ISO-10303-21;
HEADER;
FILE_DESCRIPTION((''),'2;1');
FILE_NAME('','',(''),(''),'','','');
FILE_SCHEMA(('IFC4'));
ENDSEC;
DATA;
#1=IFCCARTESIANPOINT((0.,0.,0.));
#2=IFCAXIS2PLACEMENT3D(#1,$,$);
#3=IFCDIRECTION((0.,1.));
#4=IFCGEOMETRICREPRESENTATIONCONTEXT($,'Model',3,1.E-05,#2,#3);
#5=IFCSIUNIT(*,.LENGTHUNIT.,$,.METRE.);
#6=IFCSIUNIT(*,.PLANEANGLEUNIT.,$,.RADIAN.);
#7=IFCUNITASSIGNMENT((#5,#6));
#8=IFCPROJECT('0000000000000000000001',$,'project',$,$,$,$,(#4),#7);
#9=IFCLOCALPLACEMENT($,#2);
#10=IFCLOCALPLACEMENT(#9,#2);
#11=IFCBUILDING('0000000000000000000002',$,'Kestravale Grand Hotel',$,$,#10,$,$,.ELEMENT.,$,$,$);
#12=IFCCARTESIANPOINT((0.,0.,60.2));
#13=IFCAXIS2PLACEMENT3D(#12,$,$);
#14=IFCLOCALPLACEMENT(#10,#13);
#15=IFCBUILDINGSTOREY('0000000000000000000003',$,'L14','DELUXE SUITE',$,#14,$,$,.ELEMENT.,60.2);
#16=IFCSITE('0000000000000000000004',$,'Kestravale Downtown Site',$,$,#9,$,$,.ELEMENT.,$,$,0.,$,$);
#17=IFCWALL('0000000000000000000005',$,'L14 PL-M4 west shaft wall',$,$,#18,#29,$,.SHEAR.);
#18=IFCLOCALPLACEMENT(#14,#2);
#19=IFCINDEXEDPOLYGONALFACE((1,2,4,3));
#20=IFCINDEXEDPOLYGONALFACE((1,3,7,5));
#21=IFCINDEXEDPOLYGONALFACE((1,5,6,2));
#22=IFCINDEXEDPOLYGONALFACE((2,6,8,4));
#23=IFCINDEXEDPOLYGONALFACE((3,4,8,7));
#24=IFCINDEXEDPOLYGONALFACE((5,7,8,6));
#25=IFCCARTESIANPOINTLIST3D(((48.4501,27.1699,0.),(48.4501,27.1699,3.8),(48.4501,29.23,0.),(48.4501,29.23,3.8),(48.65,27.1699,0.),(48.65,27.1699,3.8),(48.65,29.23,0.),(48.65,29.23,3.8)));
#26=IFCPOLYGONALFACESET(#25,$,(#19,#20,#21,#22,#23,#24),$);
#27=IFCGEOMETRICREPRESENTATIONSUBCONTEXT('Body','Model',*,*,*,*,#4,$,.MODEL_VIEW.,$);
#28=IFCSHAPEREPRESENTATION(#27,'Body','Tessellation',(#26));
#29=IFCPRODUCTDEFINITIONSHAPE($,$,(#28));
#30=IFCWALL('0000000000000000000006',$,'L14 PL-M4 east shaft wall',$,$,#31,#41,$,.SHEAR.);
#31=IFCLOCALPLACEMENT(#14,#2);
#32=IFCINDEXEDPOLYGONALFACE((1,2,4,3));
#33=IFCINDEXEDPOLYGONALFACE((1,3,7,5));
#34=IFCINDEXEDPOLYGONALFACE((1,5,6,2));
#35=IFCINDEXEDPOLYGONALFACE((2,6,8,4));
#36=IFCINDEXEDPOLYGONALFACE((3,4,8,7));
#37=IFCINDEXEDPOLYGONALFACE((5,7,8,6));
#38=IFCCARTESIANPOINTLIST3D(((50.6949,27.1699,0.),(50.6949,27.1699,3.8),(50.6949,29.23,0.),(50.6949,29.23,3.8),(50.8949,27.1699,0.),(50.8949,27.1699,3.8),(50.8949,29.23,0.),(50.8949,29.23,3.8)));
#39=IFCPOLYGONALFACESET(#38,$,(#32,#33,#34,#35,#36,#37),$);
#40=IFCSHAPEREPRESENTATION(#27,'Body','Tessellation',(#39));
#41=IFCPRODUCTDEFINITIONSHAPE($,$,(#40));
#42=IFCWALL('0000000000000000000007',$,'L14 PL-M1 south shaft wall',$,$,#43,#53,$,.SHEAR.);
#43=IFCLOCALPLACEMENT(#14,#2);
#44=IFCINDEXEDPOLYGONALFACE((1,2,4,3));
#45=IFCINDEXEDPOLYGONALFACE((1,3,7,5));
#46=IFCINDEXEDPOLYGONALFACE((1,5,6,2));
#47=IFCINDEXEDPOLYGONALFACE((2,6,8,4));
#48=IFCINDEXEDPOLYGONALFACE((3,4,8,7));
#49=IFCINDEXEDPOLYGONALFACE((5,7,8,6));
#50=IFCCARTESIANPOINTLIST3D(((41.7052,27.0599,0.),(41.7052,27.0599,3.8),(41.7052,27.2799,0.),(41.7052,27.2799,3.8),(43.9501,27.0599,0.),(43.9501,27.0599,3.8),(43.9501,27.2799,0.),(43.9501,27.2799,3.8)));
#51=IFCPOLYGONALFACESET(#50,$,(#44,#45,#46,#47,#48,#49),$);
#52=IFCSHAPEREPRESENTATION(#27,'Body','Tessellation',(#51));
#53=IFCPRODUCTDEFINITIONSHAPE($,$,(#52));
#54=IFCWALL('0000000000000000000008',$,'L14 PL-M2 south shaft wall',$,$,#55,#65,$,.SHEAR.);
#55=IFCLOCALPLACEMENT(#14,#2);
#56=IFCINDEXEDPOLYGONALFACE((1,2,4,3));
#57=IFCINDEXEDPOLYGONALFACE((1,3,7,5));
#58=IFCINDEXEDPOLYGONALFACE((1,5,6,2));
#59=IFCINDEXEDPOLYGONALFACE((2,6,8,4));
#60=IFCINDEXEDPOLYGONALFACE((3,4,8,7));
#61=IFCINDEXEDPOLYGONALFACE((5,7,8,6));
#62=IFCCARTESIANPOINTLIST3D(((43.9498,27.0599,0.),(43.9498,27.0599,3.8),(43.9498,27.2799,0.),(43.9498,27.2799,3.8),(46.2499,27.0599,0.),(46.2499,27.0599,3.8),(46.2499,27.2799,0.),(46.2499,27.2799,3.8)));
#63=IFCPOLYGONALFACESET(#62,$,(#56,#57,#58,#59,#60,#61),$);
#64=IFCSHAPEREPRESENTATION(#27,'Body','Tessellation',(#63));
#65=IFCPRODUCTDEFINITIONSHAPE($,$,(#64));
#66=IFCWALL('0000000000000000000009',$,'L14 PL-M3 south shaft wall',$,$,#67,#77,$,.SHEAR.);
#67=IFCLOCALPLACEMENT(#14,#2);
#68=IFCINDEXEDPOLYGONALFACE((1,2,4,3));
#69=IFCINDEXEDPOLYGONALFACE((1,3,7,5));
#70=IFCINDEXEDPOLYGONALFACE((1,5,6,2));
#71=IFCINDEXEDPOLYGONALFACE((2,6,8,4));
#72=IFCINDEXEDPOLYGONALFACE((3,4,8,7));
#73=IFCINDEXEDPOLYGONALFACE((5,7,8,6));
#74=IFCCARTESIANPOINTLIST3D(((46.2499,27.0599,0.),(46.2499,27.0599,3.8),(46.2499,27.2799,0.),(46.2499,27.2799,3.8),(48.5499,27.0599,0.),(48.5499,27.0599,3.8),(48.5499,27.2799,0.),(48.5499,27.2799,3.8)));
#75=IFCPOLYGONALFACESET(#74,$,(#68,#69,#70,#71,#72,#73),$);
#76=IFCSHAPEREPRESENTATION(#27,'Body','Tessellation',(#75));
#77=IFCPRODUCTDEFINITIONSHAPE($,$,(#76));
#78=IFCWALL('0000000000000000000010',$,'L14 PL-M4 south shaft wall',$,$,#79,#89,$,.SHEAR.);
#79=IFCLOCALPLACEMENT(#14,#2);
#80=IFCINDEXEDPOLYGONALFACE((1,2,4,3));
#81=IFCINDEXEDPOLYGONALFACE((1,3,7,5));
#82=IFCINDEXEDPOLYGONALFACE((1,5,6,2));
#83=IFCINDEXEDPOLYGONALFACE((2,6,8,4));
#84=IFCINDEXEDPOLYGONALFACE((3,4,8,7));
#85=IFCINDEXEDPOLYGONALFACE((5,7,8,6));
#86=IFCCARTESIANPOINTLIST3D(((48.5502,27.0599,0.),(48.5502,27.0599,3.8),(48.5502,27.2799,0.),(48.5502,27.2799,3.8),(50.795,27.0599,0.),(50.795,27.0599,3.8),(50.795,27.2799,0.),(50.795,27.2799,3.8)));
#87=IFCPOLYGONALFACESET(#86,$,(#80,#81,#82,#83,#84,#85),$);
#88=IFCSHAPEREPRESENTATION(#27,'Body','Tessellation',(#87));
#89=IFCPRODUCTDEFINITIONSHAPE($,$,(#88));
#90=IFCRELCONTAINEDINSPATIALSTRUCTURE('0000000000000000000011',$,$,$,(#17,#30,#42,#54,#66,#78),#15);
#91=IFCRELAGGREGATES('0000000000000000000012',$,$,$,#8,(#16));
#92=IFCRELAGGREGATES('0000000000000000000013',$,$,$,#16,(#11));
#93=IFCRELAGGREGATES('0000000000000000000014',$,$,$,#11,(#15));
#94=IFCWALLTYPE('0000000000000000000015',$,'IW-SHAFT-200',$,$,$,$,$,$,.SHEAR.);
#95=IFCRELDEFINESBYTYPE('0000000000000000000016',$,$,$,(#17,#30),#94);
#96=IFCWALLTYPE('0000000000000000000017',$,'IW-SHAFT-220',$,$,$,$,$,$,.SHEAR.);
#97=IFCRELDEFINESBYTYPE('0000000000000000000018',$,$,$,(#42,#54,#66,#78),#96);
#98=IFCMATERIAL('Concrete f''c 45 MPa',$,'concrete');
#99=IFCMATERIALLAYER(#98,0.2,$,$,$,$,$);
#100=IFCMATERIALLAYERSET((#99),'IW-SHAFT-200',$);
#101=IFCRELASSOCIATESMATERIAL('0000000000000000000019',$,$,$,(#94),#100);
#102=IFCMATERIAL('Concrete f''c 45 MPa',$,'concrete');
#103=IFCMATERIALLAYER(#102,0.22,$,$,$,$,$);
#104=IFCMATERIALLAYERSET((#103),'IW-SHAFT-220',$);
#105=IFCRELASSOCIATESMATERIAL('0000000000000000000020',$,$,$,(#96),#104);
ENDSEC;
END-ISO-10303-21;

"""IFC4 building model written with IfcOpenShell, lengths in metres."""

from ifc_helpers import new_model, si_unit, direction, frame, frame_2d, origin, place, context, subcontext, project, spatial, rectangle, extrude, material, layer, layer_set, type_object, element, save


model = new_model("IFC4")

# Units and contexts
model_context = context("Model", 3, precision=1e-05, world=origin(), true_north=direction((0.0, 1.0)))
body_context = subcontext(model_context, "Body", "Model", "MODEL_VIEW")
ifc_project = project(units=[si_unit("LENGTHUNIT", "METRE"), si_unit("PLANEANGLEUNIT", "RADIAN")], contexts=[model_context])

# Site, building, storey
site_placement = place(None, origin())
site = spatial("IfcSite", under=ifc_project, at=site_placement, Name="Kestravale Downtown Site", CompositionType="ELEMENT", RefElevation=0.0)
building_placement = place(site_placement, origin())
building = spatial("IfcBuilding", under=site, at=building_placement, Name="Kestravale Grand Hotel", CompositionType="ELEMENT")
storey_placement = place(building_placement, frame((0.0, 0.0, 60.2)))
storey = spatial("IfcBuildingStorey", under=building, at=storey_placement, Name="L14", Description="DELUXE SUITE", CompositionType="ELEMENT", Elevation=60.2)

# Walls
ifc_material_1 = material(Name="Concrete f'c 45 MPa", Category="concrete")
ifc_layer_1 = layer(ifc_material_1, 0.2)
ifc_layer_set_1 = layer_set([ifc_layer_1], Name="IW-SHAFT-200")
wall_type_1 = type_object("IfcWallType", Name="IW-SHAFT-200", PredefinedType="SHEAR", material=ifc_layer_set_1)
for number, where, z_axis, x_axis, name in (
    (1, (48.55, 27.1699, 0.0), (0.0, 0.0, 1.0), (0.0, 1.0, 0.0), "L14 PL-M4 west shaft wall"),
    (2, (50.7949, 27.1699, 0.0), (0.0, 0.0, 1.0), (0.0, 1.0, 0.0), "L14 PL-M4 east shaft wall"),
):
    element("IfcWall", number, at=place(storey_placement, frame(where, z_axis=z_axis, x_axis=x_axis)), inside=storey, type_object=wall_type_1, Name=name, PredefinedType="SHEAR", context=body_context, shape_type="SweptSolid", body=[
        extrude(rectangle(XDim=2.0601, YDim=0.2, at=frame_2d((1.03, 0.0))), origin(), (0.0, 0.0, 1.0), 3.8),
    ])
ifc_material_2 = material(Name="Concrete f'c 45 MPa", Category="concrete")
ifc_layer_2 = layer(ifc_material_2, 0.22)
ifc_layer_set_2 = layer_set([ifc_layer_2], Name="IW-SHAFT-220")
wall_type_2 = type_object("IfcWallType", Name="IW-SHAFT-220", PredefinedType="SHEAR", material=ifc_layer_set_2)
wall_1_placement = place(storey_placement, frame((41.7051, 27.1699, 0.0), z_axis=(0.0, 0.0, 1.0), x_axis=(1.0, 0.0, 0.0)))
element("IfcWall", 3, at=wall_1_placement, inside=storey, type_object=wall_type_2, Name="L14 PL-M1 south shaft wall", PredefinedType="SHEAR", context=body_context, shape_type="SweptSolid", body=[
    extrude(rectangle(XDim=2.2449, YDim=0.22, at=frame_2d((1.1226, 0.0))), origin(), (0.0, 0.0, 1.0), 3.8),
])
for number, where, z_axis, x_axis, name in (
    (4, (43.95, 27.1699, 0.0), (0.0, 0.0, 1.0), (1.0, 0.0, 0.0), "L14 PL-M2 south shaft wall"),
    (5, (46.25, 27.1699, 0.0), (0.0, 0.0, 1.0), (1.0, 0.0, 0.0), "L14 PL-M3 south shaft wall"),
):
    element("IfcWall", number, at=place(storey_placement, frame(where, z_axis=z_axis, x_axis=x_axis)), inside=storey, type_object=wall_type_2, Name=name, PredefinedType="SHEAR", context=body_context, shape_type="SweptSolid", body=[
        extrude(rectangle(XDim=2.3, YDim=0.22, at=frame_2d((1.1499, 0.0))), origin(), (0.0, 0.0, 1.0), 3.8),
    ])
wall_2_placement = place(storey_placement, frame((48.55, 27.1699, 0.0), z_axis=(0.0, 0.0, 1.0), x_axis=(1.0, 0.0, 0.0)))
element("IfcWall", 6, at=wall_2_placement, inside=storey, type_object=wall_type_2, Name="L14 PL-M4 south shaft wall", PredefinedType="SHEAR", context=body_context, shape_type="SweptSolid", body=[
    extrude(rectangle(XDim=2.2449, YDim=0.22, at=frame_2d((1.1226, 0.0))), origin(), (0.0, 0.0, 1.0), 3.8),
])

save(model, "model.ifc")
